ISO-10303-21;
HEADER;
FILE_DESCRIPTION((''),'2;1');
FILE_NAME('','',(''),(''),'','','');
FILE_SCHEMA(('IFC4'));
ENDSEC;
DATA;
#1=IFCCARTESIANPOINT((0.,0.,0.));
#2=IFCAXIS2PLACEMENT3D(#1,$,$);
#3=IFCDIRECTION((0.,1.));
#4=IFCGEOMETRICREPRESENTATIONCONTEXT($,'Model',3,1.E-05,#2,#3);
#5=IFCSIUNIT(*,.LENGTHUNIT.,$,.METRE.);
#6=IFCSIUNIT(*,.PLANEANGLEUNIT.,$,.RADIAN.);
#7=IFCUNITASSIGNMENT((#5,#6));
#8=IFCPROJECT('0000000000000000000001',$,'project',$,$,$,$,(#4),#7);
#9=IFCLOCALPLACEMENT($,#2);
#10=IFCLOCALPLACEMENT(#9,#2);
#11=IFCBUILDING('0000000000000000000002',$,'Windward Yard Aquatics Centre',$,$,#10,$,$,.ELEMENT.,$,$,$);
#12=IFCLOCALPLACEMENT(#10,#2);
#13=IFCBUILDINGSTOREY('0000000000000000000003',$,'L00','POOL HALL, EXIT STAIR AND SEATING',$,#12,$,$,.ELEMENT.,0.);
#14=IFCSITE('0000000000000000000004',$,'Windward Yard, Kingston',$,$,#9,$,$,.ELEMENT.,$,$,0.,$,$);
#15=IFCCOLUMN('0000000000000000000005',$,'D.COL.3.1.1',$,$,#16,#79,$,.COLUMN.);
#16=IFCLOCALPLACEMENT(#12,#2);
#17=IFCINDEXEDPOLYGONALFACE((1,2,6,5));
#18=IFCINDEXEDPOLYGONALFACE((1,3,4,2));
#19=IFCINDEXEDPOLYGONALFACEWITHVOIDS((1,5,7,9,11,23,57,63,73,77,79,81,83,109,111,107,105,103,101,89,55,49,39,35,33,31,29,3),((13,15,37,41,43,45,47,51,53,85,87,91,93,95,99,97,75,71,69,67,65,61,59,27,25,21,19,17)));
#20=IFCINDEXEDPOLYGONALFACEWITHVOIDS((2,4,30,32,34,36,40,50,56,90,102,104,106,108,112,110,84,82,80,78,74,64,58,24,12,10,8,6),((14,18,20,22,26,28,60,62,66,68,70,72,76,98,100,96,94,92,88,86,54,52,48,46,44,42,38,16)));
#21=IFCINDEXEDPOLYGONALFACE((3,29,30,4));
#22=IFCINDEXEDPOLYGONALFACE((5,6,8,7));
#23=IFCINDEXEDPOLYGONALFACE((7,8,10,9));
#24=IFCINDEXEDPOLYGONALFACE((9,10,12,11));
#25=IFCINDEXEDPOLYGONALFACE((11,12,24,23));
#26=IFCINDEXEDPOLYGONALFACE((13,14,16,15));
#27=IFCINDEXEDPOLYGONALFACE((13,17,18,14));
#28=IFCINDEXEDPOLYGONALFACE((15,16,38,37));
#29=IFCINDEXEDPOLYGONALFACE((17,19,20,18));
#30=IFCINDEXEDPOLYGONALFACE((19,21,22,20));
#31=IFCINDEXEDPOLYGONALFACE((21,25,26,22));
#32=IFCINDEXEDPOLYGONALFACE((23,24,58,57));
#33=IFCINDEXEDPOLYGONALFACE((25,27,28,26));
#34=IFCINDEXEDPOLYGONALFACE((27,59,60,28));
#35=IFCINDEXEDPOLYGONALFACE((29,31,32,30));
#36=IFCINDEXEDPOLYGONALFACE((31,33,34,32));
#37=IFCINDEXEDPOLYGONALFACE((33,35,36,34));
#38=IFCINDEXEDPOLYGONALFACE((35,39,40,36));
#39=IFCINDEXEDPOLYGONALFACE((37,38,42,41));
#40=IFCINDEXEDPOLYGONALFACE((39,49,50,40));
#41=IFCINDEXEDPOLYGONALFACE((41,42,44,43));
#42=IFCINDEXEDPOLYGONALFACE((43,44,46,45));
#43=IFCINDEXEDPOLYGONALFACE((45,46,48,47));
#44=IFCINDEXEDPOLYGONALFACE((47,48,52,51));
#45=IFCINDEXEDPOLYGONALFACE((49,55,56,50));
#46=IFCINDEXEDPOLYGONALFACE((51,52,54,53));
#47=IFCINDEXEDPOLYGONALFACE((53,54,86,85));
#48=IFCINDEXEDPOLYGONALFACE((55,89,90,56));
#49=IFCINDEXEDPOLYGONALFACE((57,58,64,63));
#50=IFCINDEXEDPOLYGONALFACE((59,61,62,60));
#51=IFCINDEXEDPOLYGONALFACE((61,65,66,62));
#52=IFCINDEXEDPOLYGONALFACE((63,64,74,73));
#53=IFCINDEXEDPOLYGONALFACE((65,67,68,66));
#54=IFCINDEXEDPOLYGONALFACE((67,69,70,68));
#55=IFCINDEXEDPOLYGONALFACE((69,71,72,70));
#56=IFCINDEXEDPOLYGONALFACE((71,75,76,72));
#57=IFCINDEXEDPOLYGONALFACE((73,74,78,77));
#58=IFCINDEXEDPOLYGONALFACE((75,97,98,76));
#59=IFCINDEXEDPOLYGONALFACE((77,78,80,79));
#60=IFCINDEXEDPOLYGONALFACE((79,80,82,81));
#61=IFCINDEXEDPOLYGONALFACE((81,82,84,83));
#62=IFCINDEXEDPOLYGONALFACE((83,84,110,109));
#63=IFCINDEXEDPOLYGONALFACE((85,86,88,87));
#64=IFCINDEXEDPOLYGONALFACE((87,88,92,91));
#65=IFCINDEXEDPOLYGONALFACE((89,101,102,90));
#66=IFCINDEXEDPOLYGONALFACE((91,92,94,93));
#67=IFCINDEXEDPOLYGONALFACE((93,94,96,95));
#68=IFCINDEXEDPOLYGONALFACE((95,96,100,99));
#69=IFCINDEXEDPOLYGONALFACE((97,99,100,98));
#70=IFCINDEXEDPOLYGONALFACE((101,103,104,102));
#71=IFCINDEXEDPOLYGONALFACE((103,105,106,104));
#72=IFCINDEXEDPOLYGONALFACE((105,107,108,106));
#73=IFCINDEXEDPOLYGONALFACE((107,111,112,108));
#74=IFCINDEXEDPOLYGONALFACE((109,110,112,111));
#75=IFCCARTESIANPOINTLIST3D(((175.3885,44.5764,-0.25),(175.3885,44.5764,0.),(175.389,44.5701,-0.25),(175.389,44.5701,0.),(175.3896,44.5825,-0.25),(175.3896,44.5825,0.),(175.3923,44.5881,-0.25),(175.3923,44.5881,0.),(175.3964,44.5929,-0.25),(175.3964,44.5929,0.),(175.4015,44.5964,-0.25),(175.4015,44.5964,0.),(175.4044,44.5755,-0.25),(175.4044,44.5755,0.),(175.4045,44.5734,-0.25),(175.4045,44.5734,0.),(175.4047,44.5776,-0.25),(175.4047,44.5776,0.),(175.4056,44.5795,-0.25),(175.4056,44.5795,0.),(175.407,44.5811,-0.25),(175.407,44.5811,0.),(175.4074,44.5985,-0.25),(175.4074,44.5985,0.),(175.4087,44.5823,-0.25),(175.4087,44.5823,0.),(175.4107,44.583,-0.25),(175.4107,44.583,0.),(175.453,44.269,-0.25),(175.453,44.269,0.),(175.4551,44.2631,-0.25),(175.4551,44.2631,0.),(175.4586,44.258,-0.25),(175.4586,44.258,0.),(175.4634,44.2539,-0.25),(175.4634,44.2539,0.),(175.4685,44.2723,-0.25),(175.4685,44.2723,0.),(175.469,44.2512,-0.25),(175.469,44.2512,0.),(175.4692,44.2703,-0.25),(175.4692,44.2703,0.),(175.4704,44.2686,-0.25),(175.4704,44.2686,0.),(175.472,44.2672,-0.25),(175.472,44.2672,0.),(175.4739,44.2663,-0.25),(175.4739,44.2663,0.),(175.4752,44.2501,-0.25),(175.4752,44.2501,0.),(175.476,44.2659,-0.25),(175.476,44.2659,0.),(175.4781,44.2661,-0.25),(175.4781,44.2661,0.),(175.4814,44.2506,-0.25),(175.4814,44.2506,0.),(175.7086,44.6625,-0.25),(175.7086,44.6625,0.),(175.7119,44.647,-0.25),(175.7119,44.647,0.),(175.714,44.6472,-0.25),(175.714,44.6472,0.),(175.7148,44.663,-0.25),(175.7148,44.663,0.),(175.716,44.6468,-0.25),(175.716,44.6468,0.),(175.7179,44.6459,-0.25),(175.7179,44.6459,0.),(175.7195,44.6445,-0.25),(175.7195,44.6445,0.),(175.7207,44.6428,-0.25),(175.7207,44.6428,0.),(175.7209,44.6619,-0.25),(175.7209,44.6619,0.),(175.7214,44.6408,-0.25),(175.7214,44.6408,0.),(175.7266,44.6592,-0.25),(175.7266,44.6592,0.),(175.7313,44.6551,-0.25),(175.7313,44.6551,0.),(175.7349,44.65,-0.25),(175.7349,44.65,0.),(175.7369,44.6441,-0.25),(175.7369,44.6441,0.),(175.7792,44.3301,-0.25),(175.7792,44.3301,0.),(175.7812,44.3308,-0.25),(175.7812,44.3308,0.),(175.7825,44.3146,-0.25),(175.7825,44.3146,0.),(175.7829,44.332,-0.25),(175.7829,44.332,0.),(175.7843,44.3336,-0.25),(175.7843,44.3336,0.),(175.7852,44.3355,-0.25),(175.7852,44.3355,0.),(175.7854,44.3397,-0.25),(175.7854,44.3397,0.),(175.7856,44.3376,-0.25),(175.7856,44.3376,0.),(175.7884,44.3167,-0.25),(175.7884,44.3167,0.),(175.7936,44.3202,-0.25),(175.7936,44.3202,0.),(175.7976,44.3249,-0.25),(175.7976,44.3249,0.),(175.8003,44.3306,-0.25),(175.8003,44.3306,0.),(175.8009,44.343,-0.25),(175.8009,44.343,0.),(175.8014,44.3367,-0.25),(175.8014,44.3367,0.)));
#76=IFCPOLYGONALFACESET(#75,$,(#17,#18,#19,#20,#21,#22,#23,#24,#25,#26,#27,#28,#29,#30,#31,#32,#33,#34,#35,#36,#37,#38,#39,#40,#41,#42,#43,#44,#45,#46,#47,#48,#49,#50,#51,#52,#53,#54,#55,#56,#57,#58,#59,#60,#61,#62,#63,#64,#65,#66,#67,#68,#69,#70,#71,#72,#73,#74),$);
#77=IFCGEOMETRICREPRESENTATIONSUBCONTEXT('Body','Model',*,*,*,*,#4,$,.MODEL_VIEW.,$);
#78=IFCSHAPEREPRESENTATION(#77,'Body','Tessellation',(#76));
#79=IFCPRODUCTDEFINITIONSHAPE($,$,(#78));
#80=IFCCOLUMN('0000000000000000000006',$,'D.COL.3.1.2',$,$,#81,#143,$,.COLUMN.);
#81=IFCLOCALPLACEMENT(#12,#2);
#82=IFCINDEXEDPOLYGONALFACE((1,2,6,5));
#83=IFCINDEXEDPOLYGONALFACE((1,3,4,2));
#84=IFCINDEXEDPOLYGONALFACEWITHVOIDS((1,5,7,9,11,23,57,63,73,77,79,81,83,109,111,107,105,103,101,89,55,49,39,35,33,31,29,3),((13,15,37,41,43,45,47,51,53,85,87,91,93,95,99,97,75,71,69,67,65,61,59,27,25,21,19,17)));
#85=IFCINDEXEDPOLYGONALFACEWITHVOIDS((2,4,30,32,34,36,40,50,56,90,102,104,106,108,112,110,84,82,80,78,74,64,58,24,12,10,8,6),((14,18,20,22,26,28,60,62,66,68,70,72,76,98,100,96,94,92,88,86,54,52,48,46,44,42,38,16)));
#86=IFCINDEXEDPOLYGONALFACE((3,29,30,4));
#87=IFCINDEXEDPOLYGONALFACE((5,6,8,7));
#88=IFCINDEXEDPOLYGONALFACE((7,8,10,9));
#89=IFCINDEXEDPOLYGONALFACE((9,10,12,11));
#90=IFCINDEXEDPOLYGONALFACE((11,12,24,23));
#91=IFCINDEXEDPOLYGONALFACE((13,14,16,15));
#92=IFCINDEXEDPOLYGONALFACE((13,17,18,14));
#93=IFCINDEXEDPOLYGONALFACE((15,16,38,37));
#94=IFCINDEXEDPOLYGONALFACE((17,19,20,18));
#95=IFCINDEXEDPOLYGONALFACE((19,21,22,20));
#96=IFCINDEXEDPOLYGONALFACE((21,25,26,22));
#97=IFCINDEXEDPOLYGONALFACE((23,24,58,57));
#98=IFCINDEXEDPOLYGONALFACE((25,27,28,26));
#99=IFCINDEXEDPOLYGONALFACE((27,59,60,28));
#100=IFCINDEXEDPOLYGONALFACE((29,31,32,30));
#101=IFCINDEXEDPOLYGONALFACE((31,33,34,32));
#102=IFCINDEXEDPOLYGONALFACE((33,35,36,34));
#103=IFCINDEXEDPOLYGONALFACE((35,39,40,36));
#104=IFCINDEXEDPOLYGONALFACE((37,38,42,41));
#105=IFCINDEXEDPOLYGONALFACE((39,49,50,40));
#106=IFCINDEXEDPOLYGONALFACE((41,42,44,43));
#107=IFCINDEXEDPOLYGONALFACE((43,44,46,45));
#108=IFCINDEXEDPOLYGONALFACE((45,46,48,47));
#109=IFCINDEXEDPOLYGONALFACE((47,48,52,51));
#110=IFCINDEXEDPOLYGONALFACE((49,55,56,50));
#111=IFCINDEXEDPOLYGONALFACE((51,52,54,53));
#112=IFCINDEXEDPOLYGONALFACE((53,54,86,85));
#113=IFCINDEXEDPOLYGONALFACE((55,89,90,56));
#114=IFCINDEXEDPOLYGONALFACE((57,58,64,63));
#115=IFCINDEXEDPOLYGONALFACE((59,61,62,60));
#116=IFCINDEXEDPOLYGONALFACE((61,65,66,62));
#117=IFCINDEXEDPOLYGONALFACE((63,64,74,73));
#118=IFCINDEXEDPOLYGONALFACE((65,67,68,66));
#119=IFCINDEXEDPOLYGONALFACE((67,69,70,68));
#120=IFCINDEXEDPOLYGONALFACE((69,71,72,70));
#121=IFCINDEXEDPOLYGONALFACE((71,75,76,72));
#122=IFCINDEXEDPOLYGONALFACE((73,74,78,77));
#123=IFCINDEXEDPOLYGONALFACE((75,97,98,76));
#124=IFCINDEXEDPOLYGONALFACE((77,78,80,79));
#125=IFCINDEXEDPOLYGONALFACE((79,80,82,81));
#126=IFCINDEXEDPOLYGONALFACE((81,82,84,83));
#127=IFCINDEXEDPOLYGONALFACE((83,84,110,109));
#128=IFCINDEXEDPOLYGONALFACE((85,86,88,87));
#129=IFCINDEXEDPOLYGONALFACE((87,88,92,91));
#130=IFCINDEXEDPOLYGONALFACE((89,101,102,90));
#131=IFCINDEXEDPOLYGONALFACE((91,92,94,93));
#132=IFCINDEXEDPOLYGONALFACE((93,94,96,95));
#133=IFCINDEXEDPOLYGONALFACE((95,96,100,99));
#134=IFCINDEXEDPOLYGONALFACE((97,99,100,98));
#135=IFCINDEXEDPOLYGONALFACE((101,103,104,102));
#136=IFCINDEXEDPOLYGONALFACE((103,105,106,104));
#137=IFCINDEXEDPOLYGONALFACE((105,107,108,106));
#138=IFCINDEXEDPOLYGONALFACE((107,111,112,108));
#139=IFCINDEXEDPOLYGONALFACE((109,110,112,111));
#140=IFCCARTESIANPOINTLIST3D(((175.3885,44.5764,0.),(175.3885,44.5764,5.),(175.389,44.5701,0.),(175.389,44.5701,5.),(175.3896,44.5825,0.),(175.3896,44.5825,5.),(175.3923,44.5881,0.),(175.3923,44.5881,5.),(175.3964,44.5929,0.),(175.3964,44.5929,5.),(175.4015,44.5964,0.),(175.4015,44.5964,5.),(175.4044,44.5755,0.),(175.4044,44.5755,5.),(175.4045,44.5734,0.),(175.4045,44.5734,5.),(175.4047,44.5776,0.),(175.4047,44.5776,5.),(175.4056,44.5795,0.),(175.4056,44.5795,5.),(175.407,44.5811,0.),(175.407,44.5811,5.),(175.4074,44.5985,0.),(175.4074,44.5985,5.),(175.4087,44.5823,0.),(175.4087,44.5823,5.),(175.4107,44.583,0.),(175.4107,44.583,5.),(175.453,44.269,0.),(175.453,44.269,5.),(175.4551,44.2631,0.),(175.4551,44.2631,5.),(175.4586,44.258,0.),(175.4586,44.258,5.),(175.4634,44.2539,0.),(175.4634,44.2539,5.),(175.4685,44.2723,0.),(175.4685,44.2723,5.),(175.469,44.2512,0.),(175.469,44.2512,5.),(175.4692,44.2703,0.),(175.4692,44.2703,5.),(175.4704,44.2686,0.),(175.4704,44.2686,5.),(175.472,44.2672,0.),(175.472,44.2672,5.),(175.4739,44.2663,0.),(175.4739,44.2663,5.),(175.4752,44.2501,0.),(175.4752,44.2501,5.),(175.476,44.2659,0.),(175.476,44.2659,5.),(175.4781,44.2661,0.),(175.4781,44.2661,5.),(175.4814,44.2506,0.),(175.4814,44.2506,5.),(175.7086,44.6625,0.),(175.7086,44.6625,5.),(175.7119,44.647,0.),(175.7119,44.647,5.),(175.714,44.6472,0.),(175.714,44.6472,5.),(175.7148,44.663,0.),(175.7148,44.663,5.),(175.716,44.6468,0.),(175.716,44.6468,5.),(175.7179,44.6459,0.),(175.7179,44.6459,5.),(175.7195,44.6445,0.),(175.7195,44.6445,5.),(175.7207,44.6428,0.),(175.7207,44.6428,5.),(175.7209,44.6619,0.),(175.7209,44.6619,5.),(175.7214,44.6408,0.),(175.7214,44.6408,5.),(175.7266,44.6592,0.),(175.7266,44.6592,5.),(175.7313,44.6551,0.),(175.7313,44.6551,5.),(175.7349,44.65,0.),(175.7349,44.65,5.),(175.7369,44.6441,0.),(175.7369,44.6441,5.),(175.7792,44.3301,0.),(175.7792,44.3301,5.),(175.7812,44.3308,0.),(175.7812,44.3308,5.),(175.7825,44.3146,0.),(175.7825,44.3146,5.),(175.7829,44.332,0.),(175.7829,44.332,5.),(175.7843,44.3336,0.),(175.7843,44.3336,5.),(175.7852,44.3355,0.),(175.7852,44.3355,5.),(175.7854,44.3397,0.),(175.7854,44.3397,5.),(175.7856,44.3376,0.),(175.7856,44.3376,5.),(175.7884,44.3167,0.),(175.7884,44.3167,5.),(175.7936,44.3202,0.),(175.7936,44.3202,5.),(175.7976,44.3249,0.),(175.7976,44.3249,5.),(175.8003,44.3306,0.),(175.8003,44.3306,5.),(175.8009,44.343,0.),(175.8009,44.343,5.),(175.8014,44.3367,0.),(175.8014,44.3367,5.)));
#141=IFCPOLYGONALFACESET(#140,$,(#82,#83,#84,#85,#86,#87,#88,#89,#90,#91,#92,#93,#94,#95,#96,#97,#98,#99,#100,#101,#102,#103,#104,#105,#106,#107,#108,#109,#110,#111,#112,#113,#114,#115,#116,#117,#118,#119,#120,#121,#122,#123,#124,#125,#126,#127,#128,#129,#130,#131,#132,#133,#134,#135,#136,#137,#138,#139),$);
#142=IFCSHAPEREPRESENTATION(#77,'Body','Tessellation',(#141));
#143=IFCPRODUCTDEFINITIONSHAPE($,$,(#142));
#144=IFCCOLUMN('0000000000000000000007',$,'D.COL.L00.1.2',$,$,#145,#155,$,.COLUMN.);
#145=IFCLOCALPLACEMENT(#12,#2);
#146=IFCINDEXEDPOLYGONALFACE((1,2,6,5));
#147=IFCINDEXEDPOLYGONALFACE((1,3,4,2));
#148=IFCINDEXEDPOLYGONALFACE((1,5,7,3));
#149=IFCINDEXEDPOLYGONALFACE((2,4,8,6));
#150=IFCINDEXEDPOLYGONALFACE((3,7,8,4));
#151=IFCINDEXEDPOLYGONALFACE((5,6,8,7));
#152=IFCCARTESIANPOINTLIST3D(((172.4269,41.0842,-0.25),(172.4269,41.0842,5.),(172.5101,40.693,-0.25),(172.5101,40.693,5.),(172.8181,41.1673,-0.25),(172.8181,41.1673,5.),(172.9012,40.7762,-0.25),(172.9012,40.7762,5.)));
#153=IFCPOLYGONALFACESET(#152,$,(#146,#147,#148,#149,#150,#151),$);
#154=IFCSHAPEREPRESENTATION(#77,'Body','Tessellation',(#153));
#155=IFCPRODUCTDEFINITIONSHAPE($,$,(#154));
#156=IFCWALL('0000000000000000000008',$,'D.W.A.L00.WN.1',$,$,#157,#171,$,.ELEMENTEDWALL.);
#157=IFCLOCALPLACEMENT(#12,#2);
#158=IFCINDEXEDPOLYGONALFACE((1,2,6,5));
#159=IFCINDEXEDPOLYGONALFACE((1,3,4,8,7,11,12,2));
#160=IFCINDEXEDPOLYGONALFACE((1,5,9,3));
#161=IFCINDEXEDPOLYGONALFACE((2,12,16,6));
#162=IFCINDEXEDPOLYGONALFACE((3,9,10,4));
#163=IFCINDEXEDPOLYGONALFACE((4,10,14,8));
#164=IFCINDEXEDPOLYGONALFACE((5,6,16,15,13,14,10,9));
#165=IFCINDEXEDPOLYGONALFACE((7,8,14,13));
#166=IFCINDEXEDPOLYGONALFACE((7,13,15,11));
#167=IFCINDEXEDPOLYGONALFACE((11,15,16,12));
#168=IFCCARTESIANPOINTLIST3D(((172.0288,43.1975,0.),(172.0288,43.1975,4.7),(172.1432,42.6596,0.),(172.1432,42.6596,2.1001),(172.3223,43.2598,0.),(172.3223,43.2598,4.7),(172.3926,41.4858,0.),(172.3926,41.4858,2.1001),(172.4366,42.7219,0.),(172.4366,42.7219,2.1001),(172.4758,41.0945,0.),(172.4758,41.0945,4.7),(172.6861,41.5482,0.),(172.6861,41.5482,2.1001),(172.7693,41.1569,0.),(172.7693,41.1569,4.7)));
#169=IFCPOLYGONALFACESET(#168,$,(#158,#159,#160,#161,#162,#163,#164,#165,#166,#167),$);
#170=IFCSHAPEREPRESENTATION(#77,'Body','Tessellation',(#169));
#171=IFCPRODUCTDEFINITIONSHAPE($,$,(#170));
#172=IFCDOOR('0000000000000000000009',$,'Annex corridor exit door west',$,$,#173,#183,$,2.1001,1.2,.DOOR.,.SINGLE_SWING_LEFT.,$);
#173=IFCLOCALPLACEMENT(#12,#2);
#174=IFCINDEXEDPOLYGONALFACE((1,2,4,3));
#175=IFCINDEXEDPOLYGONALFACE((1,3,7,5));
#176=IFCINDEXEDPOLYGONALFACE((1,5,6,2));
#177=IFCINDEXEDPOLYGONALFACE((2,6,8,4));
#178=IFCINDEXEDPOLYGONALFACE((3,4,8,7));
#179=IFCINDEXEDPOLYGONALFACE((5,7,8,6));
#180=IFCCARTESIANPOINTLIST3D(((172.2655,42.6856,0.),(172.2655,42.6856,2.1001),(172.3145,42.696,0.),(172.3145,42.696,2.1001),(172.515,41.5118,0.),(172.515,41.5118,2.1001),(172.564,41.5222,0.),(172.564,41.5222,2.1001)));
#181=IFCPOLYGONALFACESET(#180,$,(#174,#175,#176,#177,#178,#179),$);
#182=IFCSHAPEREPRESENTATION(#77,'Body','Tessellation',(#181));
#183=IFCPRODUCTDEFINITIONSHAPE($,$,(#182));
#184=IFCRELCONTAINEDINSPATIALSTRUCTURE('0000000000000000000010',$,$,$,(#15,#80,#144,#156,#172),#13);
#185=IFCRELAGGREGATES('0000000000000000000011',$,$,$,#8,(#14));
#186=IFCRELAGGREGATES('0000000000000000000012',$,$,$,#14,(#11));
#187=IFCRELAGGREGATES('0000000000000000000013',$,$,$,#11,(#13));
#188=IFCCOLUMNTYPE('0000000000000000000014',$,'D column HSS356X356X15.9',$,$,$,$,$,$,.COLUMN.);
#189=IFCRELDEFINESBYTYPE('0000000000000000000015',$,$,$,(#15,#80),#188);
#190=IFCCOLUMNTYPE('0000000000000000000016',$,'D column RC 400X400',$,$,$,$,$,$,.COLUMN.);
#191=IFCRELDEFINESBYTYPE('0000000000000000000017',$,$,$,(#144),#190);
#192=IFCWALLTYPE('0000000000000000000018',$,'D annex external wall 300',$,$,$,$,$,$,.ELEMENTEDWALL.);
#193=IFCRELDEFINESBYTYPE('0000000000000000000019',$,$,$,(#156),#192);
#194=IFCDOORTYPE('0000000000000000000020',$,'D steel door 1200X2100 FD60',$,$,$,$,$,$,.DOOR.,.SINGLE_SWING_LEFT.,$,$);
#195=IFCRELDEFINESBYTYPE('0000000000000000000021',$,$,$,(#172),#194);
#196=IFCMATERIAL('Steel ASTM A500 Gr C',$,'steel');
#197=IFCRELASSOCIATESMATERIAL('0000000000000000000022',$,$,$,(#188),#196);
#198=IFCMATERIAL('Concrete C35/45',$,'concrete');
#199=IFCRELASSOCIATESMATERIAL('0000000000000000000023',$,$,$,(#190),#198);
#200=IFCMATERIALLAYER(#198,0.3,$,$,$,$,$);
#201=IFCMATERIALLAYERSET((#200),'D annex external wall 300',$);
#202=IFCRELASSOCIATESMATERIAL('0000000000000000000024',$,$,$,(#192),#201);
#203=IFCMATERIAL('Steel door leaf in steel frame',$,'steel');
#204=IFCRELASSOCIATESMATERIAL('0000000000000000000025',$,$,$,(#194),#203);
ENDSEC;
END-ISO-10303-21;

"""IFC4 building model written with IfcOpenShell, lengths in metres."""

from ifc_helpers import new_model, si_unit, direction, frame, frame_2d, origin, origin_2d, place, context, subcontext, project, spatial, rectangle, hollow_rectangle, extrude, material, layer, layer_set, material_profile, profile_set, type_object, element, fill, save


model = new_model("IFC4")

# Units and contexts
model_context = context("Model", 3, precision=1e-05, world=origin(), true_north=direction((0.0, 1.0)))
body_context = subcontext(model_context, "Body", "Model", "MODEL_VIEW")
ifc_project = project(units=[si_unit("LENGTHUNIT", "METRE"), si_unit("PLANEANGLEUNIT", "RADIAN")], contexts=[model_context])

# Site, building, storey
site_placement = place(None, origin())
site = spatial("IfcSite", under=ifc_project, at=site_placement, Name="Windward Yard, Kingston", CompositionType="ELEMENT", RefElevation=0.0)
building_placement = place(site_placement, origin())
building = spatial("IfcBuilding", under=site, at=building_placement, Name="Windward Yard Aquatics Centre", CompositionType="ELEMENT")
storey_placement = place(building_placement, origin())
storey = spatial("IfcBuildingStorey", under=building, at=storey_placement, Name="L00", Description="POOL HALL, EXIT STAIR AND SEATING", CompositionType="ELEMENT", Elevation=0.0)

# Shared definitions
ifc_material_1 = material(Name="Concrete C35/45", Category="concrete")

# Columns
ifc_material_2 = material(Name="Steel ASTM A500 Gr C", Category="steel")
ifc_material_profile_1 = material_profile(ifc_material_2, hollow_rectangle(XDim=0.3557, YDim=0.3557, WallThickness=0.0159, InnerFilletRadius=0.0081, OuterFilletRadius=0.0239, at=origin_2d()), Name="HSS356X356X15.9")
ifc_profile_set_1 = profile_set([ifc_material_profile_1], Name="Steel ASTM A500 Gr C")
column_type_1 = type_object("IfcColumnType", Name="D column HSS356X356X15.9", PredefinedType="COLUMN", material=ifc_profile_set_1)
column_1_placement = place(storey_placement, frame((175.595, 44.4565, -0.25), z_axis=(0.0, 0.0, 1.0), x_axis=(0.978148, 0.207912, 0.0)))
element("IfcColumn", 1, at=column_1_placement, inside=storey, type_object=column_type_1, Name="D.COL.3.1.1", PredefinedType="COLUMN", context=body_context, shape_type="SweptSolid", body=[
    extrude(hollow_rectangle(XDim=0.3557, YDim=0.3557, WallThickness=0.0159, InnerFilletRadius=0.0081, OuterFilletRadius=0.0239, at=origin_2d()), origin(), (0.0, 0.0, 1.0), 0.25),
])
column_2_placement = place(storey_placement, frame((175.595, 44.4565, 0.0), z_axis=(0.0, 0.0, 1.0), x_axis=(0.978148, 0.207912, 0.0)))
element("IfcColumn", 2, at=column_2_placement, inside=storey, type_object=column_type_1, Name="D.COL.3.1.2", PredefinedType="COLUMN", context=body_context, shape_type="SweptSolid", body=[
    extrude(hollow_rectangle(XDim=0.3557, YDim=0.3557, WallThickness=0.0159, InnerFilletRadius=0.0081, OuterFilletRadius=0.0239, at=origin_2d()), origin(), (0.0, 0.0, 1.0), 5.0),
])
ifc_material_profile_2 = material_profile(ifc_material_1, rectangle(XDim=0.3999, YDim=0.3999, at=origin_2d()), Name="RC 400X400")
ifc_profile_set_2 = profile_set([ifc_material_profile_2], Name="Concrete C35/45")
column_type_2 = type_object("IfcColumnType", Name="D column RC 400X400", PredefinedType="COLUMN", material=ifc_profile_set_2)
column_3_placement = place(storey_placement, frame((172.6641, 40.9302, -0.25), z_axis=(0.0, 0.0, 1.0), x_axis=(0.978148, 0.207912, 0.0)))
element("IfcColumn", 3, at=column_3_placement, inside=storey, type_object=column_type_2, Name="D.COL.L00.1.2", PredefinedType="COLUMN", context=body_context, shape_type="SweptSolid", body=[
    extrude(rectangle(XDim=0.3999, YDim=0.3999, at=origin_2d()), origin(), (0.0, 0.0, 1.0), 5.25),
])

# Wall, opening, door
ifc_layer_1 = layer(ifc_material_1, 0.3)
ifc_layer_set_1 = layer_set([ifc_layer_1], Name="D annex external wall 300")
wall_type_1 = type_object("IfcWallType", Name="D annex external wall 300", PredefinedType="ELEMENTEDWALL", material=ifc_layer_set_1)
wall_1_placement = place(storey_placement, frame((172.6226, 41.1257, 0.0), z_axis=(0.0, 0.0, 1.0), x_axis=(-0.207916, 0.978147, 0.0)))
wall_1 = element("IfcWall", 4, at=wall_1_placement, inside=storey, type_object=wall_type_1, Name="D.W.A.L00.WN.1", PredefinedType="ELEMENTEDWALL", context=body_context, shape_type="SweptSolid", body=[
    extrude(rectangle(XDim=2.1499, YDim=0.3, at=frame_2d((1.075, 0.0))), origin(), (0.0, 0.0, 1.0), 4.7),
])
opening_1_placement = place(wall_1_placement, frame((0.3999, 0.0, 0.0)))
opening_1 = element("IfcOpeningElement", 5, at=opening_1_placement, cuts=wall_1, PredefinedType="OPENING", context=body_context, shape_type="SweptSolid", body=[
    extrude(rectangle(XDim=1.2, YDim=2.1001, at=frame_2d((0.6001, 1.05))), frame((0.0, 0.1602, 0.0), z_axis=(0.0, -1.0, 0.0), x_axis=(1.0, 0.0, 0.0)), (0.0, 0.0, 1.0), 0.3201),
])
ifc_material_3 = material(Name="Steel door leaf in steel frame", Category="steel")
door_type_1 = type_object("IfcDoorType", Name="D steel door 1200X2100 FD60", OperationType="SINGLE_SWING_LEFT", PredefinedType="DOOR", material=ifc_material_3)
door_1_placement = place(opening_1_placement, origin())
door_1 = element("IfcDoor", 6, at=door_1_placement, inside=storey, type_object=door_type_1, Name="Annex corridor exit door west", OperationType="SINGLE_SWING_LEFT", OverallHeight=2.1001, OverallWidth=1.2, PredefinedType="DOOR", context=body_context, shape_type="SweptSolid", body=[
    extrude(rectangle(XDim=1.2, YDim=2.1001, at=frame_2d((0.6001, 1.05))), frame((0.0, 0.0249, 0.0), z_axis=(0.0, -1.0, 0.0), x_axis=(1.0, 0.0, 0.0)), (0.0, 0.0, 1.0), 0.05),
])
fill(opening_1, door_1)

save(model, "model.ifc")
